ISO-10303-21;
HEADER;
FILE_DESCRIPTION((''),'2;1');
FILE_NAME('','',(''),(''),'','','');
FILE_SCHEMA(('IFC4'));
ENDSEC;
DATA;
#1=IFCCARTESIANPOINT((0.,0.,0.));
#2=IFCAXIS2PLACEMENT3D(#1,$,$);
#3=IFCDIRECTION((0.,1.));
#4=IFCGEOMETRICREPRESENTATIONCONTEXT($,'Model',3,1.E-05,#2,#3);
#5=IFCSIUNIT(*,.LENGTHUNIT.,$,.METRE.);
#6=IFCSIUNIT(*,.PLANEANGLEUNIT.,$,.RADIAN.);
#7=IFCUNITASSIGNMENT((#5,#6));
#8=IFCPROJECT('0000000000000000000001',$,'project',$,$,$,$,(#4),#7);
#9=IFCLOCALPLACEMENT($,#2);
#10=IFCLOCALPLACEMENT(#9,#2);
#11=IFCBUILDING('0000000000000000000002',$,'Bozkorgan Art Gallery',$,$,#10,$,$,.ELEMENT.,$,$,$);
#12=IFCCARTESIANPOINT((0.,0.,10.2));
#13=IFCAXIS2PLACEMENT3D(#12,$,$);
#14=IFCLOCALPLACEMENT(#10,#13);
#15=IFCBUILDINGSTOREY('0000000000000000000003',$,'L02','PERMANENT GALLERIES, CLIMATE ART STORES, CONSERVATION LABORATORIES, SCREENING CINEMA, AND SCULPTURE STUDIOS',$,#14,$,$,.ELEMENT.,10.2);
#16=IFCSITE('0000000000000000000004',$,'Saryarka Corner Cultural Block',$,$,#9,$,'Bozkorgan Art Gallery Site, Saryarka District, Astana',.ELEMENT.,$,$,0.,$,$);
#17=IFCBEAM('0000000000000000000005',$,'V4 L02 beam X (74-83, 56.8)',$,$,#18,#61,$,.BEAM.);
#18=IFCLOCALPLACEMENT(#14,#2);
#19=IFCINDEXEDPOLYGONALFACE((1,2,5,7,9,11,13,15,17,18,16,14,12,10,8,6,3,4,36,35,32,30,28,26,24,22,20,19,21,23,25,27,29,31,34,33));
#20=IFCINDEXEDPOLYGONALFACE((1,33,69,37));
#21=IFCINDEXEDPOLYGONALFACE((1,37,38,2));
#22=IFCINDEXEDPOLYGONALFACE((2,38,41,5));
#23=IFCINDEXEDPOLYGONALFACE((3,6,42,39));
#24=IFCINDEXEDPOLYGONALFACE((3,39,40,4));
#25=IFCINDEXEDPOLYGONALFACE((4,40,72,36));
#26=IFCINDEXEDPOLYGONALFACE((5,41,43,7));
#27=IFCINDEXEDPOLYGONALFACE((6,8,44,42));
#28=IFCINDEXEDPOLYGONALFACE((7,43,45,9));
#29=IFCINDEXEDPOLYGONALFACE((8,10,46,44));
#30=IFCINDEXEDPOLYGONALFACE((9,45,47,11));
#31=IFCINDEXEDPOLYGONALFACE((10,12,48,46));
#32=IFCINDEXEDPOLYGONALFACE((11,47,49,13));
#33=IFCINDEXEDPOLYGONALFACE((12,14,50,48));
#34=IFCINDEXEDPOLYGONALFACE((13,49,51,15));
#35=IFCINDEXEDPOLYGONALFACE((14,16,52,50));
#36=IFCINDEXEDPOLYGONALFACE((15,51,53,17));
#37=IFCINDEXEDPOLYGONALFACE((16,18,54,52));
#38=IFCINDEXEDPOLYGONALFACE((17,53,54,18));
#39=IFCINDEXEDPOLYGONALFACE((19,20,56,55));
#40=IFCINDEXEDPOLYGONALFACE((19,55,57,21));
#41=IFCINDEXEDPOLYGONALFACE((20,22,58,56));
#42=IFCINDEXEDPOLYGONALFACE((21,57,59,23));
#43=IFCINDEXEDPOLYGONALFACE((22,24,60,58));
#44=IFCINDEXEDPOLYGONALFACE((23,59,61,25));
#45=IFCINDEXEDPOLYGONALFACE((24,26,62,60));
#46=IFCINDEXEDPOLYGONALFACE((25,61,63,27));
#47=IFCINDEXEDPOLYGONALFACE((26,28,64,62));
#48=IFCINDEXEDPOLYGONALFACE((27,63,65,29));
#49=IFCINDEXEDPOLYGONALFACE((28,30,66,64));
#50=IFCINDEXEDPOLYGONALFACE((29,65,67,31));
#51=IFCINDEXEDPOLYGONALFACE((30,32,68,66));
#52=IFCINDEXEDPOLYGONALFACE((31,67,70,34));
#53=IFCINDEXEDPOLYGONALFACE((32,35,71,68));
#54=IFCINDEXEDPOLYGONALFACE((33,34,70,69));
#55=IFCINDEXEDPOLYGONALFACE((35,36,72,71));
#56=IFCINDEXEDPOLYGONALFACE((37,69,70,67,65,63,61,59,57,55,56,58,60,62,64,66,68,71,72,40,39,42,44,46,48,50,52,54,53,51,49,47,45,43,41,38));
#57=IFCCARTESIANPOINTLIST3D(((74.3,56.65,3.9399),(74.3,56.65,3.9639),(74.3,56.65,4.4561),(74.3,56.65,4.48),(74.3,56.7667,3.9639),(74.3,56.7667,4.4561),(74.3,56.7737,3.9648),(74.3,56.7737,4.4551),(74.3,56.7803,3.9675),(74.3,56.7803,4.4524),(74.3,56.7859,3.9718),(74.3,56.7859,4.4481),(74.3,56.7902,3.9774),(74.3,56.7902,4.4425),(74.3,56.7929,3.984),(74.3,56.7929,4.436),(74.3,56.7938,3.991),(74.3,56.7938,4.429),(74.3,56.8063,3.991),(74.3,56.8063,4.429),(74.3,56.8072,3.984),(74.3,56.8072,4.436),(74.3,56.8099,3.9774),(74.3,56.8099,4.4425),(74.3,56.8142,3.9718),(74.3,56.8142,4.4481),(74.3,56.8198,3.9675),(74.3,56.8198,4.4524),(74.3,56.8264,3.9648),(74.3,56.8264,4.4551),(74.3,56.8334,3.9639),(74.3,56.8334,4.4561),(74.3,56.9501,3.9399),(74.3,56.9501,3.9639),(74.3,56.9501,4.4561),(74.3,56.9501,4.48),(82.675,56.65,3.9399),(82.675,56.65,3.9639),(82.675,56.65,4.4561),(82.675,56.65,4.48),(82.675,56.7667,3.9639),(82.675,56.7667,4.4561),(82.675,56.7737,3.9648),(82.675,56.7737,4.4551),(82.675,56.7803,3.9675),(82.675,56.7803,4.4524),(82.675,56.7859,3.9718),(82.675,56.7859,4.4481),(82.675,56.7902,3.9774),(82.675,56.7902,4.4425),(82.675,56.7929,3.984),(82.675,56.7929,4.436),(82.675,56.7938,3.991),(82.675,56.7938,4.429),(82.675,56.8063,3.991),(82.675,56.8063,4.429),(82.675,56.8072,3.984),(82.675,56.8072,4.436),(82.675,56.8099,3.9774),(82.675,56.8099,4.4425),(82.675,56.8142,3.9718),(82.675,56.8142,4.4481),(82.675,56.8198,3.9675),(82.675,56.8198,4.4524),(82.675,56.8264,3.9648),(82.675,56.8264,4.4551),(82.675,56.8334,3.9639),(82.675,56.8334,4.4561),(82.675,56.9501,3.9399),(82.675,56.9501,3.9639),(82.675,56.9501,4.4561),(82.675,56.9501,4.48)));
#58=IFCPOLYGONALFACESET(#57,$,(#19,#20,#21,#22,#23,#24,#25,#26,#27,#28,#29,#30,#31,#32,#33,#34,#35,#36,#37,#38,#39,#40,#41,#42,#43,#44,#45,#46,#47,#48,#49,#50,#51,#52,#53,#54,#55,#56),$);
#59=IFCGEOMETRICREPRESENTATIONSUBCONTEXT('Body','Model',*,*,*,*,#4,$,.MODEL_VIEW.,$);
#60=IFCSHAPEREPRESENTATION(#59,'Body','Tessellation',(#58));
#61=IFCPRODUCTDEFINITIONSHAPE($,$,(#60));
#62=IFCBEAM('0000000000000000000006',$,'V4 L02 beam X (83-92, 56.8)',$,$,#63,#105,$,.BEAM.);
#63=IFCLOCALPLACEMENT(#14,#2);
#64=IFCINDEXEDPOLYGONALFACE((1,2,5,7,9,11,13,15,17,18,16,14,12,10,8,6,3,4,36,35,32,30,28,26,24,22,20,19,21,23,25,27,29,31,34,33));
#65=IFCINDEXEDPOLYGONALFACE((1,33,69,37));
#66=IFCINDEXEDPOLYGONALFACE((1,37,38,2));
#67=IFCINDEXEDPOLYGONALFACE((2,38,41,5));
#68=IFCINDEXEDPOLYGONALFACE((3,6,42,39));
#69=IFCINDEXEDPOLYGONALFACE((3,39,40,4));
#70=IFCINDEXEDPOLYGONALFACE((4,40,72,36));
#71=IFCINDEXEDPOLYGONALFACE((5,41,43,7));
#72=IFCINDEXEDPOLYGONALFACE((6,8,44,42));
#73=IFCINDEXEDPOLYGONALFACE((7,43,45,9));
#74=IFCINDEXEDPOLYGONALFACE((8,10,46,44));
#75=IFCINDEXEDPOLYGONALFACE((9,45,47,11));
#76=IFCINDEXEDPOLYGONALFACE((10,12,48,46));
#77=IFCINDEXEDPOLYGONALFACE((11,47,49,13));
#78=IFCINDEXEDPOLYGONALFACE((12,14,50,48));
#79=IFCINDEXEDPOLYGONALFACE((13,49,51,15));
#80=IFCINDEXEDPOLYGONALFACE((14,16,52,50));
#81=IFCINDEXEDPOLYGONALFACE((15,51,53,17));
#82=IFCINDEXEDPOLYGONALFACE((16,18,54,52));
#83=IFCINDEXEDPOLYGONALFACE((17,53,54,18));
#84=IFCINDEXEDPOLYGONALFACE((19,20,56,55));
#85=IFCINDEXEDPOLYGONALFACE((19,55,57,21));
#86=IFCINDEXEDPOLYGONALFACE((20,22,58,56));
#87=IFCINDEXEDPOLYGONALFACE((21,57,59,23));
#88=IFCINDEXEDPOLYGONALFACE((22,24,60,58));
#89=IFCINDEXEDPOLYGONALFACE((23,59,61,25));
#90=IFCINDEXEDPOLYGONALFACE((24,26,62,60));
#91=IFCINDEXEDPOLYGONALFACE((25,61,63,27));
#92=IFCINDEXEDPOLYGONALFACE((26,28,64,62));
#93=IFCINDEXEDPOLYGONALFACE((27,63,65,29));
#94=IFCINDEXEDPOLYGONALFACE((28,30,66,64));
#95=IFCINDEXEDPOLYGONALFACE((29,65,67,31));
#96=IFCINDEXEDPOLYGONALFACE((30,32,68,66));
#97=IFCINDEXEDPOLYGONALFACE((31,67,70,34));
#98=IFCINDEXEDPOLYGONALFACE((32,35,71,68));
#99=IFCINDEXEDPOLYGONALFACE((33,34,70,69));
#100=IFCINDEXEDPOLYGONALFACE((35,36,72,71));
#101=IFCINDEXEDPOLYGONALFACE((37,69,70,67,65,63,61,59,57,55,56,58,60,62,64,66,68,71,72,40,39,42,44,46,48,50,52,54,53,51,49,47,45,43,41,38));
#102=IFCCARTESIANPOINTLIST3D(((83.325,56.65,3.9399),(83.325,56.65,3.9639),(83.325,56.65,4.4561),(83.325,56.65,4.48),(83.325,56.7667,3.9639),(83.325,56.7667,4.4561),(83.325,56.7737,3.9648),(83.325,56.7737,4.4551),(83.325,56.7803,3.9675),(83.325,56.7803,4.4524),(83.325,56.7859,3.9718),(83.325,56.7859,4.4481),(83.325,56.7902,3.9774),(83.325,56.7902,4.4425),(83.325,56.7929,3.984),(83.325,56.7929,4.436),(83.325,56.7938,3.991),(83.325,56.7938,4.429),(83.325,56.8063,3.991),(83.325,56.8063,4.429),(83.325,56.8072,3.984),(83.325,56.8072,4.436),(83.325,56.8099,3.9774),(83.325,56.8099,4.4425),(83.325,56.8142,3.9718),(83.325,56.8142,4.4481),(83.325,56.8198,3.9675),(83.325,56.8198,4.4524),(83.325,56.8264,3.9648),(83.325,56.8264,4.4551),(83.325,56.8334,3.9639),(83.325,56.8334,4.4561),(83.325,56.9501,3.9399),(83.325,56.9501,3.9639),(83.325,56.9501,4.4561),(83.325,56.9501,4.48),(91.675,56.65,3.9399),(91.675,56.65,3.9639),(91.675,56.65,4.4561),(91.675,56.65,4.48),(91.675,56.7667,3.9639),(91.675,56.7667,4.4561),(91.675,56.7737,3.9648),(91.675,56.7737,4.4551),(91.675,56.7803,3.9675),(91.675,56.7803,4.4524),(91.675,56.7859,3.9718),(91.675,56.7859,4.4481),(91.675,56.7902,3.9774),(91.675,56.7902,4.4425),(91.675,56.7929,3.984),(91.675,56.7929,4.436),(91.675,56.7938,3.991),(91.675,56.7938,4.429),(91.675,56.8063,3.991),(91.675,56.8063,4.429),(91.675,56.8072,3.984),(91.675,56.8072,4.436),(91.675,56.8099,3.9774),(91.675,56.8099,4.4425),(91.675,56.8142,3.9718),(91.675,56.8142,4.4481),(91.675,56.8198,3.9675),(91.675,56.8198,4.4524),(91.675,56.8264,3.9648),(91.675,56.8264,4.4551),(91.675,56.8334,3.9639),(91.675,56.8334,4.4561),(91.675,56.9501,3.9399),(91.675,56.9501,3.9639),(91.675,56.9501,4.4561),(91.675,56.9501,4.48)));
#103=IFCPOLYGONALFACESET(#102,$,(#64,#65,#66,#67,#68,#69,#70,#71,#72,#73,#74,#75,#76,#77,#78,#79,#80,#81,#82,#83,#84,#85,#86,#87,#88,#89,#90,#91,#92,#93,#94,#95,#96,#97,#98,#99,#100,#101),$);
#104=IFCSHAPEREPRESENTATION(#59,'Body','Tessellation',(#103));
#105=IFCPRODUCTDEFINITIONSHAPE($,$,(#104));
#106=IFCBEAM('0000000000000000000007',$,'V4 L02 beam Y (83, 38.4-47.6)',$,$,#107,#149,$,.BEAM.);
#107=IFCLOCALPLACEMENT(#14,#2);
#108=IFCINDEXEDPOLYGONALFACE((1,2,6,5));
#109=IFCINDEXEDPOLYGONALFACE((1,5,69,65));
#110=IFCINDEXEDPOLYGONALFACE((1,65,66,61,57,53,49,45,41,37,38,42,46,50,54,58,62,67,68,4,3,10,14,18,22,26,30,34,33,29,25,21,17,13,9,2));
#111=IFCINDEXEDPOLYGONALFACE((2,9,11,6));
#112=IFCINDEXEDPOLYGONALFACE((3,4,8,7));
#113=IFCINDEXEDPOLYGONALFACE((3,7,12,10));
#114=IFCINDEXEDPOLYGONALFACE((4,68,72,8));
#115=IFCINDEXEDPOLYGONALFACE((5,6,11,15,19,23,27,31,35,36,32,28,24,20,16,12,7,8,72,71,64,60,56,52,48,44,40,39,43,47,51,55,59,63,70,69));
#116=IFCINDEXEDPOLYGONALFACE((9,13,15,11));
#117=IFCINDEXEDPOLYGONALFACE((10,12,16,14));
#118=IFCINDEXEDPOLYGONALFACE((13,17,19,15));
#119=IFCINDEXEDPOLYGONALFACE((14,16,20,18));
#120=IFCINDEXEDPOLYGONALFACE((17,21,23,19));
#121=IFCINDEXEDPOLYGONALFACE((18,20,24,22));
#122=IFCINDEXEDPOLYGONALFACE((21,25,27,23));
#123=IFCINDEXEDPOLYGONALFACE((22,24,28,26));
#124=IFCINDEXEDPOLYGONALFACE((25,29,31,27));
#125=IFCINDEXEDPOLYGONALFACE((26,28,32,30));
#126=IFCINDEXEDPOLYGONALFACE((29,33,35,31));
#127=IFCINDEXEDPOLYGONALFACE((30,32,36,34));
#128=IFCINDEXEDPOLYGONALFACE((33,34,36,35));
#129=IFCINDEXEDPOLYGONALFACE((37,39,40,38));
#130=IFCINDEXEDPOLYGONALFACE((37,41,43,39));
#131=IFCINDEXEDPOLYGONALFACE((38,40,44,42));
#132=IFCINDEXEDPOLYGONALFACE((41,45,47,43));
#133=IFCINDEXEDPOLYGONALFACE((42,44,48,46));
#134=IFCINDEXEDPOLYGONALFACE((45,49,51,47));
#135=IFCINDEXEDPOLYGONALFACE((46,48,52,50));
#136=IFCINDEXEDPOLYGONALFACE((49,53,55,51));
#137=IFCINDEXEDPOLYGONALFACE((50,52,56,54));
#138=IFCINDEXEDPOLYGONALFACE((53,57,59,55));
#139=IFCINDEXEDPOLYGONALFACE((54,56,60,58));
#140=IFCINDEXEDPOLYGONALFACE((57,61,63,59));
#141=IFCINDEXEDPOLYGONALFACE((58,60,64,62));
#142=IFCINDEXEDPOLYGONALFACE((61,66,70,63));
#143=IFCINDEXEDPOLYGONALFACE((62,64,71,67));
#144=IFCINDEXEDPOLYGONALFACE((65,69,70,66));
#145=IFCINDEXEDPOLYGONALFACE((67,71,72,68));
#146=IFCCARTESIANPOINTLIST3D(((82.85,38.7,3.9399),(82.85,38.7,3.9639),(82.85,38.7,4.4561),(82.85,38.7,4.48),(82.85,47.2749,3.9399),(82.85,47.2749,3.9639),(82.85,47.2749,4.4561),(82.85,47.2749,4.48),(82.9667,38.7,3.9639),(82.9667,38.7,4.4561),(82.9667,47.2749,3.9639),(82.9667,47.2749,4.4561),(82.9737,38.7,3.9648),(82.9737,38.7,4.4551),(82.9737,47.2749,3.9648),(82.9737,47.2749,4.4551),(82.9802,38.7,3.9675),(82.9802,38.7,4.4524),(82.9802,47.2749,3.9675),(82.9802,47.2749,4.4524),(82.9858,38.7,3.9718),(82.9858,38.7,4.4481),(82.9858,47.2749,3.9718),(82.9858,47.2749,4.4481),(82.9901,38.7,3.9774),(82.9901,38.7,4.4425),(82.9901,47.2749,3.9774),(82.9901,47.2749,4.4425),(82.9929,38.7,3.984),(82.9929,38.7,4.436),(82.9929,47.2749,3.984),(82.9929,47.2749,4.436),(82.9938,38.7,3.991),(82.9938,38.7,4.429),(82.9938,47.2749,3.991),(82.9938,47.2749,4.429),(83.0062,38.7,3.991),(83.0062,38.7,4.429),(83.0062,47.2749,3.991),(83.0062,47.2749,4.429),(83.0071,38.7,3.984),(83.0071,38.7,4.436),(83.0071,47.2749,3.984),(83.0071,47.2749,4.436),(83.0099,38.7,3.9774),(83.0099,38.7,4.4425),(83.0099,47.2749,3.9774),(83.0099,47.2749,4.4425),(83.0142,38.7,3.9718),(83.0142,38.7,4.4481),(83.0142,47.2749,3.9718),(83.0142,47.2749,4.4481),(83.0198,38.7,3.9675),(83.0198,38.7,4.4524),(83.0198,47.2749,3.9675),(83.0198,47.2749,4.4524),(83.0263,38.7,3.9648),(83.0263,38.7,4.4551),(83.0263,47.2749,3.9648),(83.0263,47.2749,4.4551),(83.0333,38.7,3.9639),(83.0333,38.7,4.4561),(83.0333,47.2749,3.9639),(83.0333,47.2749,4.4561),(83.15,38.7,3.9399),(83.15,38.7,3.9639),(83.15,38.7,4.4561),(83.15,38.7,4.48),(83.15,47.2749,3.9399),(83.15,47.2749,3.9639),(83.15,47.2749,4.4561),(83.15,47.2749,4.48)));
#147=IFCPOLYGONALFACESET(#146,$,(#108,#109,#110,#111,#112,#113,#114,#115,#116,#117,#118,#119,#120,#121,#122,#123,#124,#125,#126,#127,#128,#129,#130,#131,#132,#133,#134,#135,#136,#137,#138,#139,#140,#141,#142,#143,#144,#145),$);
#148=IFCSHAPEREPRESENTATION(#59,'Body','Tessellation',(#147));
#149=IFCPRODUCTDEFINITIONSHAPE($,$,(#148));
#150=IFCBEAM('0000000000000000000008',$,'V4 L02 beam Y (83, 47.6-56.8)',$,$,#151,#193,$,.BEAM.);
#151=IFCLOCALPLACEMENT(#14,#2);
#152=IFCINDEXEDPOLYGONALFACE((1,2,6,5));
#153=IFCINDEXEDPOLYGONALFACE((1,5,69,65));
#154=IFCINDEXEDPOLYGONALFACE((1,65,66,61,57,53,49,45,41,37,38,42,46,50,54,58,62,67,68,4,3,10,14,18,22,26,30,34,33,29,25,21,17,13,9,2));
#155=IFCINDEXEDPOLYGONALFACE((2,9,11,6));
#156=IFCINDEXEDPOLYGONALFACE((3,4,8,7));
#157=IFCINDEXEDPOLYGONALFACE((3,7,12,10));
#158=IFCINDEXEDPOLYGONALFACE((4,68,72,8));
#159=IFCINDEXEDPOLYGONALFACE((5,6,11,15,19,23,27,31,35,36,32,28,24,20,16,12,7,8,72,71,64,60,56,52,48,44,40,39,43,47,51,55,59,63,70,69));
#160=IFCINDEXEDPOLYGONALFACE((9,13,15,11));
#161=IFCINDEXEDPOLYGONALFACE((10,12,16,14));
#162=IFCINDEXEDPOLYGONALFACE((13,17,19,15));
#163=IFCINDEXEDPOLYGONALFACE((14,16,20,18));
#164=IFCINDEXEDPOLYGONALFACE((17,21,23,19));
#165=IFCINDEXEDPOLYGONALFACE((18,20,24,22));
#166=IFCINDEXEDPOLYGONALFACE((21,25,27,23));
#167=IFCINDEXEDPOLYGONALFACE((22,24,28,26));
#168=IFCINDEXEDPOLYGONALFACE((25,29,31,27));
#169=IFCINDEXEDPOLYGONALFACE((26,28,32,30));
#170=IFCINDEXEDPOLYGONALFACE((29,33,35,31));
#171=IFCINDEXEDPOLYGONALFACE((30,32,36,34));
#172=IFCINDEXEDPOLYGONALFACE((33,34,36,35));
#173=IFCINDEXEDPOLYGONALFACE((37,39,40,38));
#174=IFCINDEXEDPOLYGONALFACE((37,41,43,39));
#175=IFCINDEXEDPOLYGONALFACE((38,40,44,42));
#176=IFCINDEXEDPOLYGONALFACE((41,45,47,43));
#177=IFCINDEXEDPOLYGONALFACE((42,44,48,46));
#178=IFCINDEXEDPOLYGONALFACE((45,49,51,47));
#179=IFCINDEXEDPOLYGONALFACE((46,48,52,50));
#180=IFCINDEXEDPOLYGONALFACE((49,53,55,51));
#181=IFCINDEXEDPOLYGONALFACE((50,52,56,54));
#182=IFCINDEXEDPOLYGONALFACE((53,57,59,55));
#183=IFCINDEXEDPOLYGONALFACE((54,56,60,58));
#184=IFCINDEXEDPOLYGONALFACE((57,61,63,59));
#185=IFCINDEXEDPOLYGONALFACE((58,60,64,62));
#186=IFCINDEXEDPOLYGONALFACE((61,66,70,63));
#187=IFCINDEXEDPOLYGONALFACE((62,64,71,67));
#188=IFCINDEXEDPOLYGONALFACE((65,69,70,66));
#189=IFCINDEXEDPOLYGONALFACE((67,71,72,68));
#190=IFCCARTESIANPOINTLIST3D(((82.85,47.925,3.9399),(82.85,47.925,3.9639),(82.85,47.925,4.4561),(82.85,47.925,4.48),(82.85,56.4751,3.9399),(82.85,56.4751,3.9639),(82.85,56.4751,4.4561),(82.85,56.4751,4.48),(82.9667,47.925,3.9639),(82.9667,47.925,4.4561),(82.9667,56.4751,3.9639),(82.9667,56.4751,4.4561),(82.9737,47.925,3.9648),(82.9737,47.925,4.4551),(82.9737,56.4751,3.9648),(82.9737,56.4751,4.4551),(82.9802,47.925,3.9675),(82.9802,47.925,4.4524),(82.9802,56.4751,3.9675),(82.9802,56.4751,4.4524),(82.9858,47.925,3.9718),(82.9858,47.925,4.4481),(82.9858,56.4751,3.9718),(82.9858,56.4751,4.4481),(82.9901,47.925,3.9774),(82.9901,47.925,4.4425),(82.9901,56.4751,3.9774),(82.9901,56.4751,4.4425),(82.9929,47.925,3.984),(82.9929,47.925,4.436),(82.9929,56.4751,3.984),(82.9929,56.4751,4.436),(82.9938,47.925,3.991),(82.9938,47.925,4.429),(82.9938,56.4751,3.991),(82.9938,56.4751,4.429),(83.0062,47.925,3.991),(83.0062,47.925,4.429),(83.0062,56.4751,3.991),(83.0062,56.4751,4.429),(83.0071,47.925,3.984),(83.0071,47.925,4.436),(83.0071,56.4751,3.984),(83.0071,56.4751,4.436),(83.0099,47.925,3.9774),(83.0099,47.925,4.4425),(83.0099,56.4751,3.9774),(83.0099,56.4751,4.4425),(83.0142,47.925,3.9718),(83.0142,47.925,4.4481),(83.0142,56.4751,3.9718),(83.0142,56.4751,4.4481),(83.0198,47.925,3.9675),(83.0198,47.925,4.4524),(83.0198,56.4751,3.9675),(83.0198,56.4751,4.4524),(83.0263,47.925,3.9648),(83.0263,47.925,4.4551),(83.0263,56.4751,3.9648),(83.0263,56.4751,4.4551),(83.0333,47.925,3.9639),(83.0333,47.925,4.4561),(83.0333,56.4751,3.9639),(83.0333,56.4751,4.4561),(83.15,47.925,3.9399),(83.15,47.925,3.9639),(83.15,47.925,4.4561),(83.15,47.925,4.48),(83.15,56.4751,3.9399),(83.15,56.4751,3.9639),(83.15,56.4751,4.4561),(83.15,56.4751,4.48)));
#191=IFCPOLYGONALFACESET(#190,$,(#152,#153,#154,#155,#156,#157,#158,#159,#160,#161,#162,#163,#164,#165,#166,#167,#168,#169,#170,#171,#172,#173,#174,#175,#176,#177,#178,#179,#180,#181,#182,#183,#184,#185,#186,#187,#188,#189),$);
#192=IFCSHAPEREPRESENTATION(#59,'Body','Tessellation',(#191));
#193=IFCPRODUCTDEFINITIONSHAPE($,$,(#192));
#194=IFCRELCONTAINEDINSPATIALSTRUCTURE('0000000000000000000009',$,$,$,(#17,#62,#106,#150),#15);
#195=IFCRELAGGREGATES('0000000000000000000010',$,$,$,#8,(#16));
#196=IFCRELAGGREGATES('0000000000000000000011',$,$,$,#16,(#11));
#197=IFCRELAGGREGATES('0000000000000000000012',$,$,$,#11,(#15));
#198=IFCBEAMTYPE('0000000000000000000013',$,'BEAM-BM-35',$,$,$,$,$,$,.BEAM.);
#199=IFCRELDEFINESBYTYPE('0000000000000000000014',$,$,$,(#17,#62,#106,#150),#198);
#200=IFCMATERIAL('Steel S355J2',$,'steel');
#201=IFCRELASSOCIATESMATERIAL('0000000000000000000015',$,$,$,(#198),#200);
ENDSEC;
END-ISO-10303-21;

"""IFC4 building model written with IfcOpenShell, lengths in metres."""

from ifc_helpers import new_model, si_unit, direction, frame, origin, origin_2d, place, context, subcontext, project, spatial, i_section, extrude, material, material_profile, profile_set, type_object, element, save


model = new_model("IFC4")

# Units and contexts
model_context = context("Model", 3, precision=1e-05, world=origin(), true_north=direction((0.0, 1.0)))
body_context = subcontext(model_context, "Body", "Model", "MODEL_VIEW")
ifc_project = project(units=[si_unit("LENGTHUNIT", "METRE"), si_unit("PLANEANGLEUNIT", "RADIAN")], contexts=[model_context])

# Site, building, storey
site_placement = place(None, origin())
site = spatial("IfcSite", under=ifc_project, at=site_placement, Name="Saryarka Corner Cultural Block", LongName="Bozkorgan Art Gallery Site, Saryarka District, Astana", CompositionType="ELEMENT", RefElevation=0.0)
building_placement = place(site_placement, origin())
building = spatial("IfcBuilding", under=site, at=building_placement, Name="Bozkorgan Art Gallery", CompositionType="ELEMENT")
storey_placement = place(building_placement, frame((0.0, 0.0, 10.2)))
storey = spatial("IfcBuildingStorey", under=building, at=storey_placement, Name="L02", Description="PERMANENT GALLERIES, CLIMATE ART STORES, CONSERVATION LABORATORIES, SCREENING CINEMA, AND SCULPTURE STUDIOS", CompositionType="ELEMENT", Elevation=10.2)

# Beams
ifc_material_1 = material(Name="Steel S355J2", Category="steel")
ifc_material_profile_1 = material_profile(ifc_material_1, i_section(OverallWidth=0.3, OverallDepth=0.54, WebThickness=0.0125, FlangeThickness=0.0239, FilletRadius=0.0271, at=origin_2d()), Name="HEA 550")
ifc_profile_set_1 = profile_set([ifc_material_profile_1], Name="Steel S355J2")
beam_type_1 = type_object("IfcBeamType", Name="BEAM-BM-35", PredefinedType="BEAM", material=ifc_profile_set_1)
beam_1_placement = place(storey_placement, frame((74.3, 56.8, 4.21), z_axis=(1.0, 0.0, 0.0), x_axis=(0.0, 1.0, 0.0)))
element("IfcBeam", 1, at=beam_1_placement, inside=storey, type_object=beam_type_1, Name="V4 L02 beam X (74-83, 56.8)", PredefinedType="BEAM", context=body_context, shape_type="SweptSolid", body=[
    extrude(i_section(OverallWidth=0.3, OverallDepth=0.54, WebThickness=0.0125, FlangeThickness=0.0239, FilletRadius=0.0271, at=origin_2d()), origin(), (0.0, 0.0, 1.0), 8.375),
])
beam_2_placement = place(storey_placement, frame((83.325, 56.8, 4.21), z_axis=(1.0, 0.0, 0.0), x_axis=(0.0, 1.0, 0.0)))
element("IfcBeam", 2, at=beam_2_placement, inside=storey, type_object=beam_type_1, Name="V4 L02 beam X (83-92, 56.8)", PredefinedType="BEAM", context=body_context, shape_type="SweptSolid", body=[
    extrude(i_section(OverallWidth=0.3, OverallDepth=0.54, WebThickness=0.0125, FlangeThickness=0.0239, FilletRadius=0.0271, at=origin_2d()), origin(), (0.0, 0.0, 1.0), 8.3501),
])
beam_3_placement = place(storey_placement, frame((83.0, 38.7, 4.21), z_axis=(0.0, 1.0, 0.0), x_axis=(-1.0, 0.0, 0.0)))
element("IfcBeam", 3, at=beam_3_placement, inside=storey, type_object=beam_type_1, Name="V4 L02 beam Y (83, 38.4-47.6)", PredefinedType="BEAM", context=body_context, shape_type="SweptSolid", body=[
    extrude(i_section(OverallWidth=0.3, OverallDepth=0.54, WebThickness=0.0125, FlangeThickness=0.0239, FilletRadius=0.0271, at=origin_2d()), origin(), (0.0, 0.0, 1.0), 8.575),
])
for number, where, z_axis, x_axis, name in (
    (4, (83.0, 47.925, 4.21), (0.0, 1.0, 0.0), (-1.0, 0.0, 0.0), "V4 L02 beam Y (83, 47.6-56.8)"),
):
    element("IfcBeam", number, at=place(storey_placement, frame(where, z_axis=z_axis, x_axis=x_axis)), inside=storey, type_object=beam_type_1, Name=name, PredefinedType="BEAM", context=body_context, shape_type="SweptSolid", body=[
        extrude(i_section(OverallWidth=0.3, OverallDepth=0.54, WebThickness=0.0125, FlangeThickness=0.0239, FilletRadius=0.0271, at=origin_2d()), origin(), (0.0, 0.0, 1.0), 8.55),
    ])

save(model, "model.ifc")
